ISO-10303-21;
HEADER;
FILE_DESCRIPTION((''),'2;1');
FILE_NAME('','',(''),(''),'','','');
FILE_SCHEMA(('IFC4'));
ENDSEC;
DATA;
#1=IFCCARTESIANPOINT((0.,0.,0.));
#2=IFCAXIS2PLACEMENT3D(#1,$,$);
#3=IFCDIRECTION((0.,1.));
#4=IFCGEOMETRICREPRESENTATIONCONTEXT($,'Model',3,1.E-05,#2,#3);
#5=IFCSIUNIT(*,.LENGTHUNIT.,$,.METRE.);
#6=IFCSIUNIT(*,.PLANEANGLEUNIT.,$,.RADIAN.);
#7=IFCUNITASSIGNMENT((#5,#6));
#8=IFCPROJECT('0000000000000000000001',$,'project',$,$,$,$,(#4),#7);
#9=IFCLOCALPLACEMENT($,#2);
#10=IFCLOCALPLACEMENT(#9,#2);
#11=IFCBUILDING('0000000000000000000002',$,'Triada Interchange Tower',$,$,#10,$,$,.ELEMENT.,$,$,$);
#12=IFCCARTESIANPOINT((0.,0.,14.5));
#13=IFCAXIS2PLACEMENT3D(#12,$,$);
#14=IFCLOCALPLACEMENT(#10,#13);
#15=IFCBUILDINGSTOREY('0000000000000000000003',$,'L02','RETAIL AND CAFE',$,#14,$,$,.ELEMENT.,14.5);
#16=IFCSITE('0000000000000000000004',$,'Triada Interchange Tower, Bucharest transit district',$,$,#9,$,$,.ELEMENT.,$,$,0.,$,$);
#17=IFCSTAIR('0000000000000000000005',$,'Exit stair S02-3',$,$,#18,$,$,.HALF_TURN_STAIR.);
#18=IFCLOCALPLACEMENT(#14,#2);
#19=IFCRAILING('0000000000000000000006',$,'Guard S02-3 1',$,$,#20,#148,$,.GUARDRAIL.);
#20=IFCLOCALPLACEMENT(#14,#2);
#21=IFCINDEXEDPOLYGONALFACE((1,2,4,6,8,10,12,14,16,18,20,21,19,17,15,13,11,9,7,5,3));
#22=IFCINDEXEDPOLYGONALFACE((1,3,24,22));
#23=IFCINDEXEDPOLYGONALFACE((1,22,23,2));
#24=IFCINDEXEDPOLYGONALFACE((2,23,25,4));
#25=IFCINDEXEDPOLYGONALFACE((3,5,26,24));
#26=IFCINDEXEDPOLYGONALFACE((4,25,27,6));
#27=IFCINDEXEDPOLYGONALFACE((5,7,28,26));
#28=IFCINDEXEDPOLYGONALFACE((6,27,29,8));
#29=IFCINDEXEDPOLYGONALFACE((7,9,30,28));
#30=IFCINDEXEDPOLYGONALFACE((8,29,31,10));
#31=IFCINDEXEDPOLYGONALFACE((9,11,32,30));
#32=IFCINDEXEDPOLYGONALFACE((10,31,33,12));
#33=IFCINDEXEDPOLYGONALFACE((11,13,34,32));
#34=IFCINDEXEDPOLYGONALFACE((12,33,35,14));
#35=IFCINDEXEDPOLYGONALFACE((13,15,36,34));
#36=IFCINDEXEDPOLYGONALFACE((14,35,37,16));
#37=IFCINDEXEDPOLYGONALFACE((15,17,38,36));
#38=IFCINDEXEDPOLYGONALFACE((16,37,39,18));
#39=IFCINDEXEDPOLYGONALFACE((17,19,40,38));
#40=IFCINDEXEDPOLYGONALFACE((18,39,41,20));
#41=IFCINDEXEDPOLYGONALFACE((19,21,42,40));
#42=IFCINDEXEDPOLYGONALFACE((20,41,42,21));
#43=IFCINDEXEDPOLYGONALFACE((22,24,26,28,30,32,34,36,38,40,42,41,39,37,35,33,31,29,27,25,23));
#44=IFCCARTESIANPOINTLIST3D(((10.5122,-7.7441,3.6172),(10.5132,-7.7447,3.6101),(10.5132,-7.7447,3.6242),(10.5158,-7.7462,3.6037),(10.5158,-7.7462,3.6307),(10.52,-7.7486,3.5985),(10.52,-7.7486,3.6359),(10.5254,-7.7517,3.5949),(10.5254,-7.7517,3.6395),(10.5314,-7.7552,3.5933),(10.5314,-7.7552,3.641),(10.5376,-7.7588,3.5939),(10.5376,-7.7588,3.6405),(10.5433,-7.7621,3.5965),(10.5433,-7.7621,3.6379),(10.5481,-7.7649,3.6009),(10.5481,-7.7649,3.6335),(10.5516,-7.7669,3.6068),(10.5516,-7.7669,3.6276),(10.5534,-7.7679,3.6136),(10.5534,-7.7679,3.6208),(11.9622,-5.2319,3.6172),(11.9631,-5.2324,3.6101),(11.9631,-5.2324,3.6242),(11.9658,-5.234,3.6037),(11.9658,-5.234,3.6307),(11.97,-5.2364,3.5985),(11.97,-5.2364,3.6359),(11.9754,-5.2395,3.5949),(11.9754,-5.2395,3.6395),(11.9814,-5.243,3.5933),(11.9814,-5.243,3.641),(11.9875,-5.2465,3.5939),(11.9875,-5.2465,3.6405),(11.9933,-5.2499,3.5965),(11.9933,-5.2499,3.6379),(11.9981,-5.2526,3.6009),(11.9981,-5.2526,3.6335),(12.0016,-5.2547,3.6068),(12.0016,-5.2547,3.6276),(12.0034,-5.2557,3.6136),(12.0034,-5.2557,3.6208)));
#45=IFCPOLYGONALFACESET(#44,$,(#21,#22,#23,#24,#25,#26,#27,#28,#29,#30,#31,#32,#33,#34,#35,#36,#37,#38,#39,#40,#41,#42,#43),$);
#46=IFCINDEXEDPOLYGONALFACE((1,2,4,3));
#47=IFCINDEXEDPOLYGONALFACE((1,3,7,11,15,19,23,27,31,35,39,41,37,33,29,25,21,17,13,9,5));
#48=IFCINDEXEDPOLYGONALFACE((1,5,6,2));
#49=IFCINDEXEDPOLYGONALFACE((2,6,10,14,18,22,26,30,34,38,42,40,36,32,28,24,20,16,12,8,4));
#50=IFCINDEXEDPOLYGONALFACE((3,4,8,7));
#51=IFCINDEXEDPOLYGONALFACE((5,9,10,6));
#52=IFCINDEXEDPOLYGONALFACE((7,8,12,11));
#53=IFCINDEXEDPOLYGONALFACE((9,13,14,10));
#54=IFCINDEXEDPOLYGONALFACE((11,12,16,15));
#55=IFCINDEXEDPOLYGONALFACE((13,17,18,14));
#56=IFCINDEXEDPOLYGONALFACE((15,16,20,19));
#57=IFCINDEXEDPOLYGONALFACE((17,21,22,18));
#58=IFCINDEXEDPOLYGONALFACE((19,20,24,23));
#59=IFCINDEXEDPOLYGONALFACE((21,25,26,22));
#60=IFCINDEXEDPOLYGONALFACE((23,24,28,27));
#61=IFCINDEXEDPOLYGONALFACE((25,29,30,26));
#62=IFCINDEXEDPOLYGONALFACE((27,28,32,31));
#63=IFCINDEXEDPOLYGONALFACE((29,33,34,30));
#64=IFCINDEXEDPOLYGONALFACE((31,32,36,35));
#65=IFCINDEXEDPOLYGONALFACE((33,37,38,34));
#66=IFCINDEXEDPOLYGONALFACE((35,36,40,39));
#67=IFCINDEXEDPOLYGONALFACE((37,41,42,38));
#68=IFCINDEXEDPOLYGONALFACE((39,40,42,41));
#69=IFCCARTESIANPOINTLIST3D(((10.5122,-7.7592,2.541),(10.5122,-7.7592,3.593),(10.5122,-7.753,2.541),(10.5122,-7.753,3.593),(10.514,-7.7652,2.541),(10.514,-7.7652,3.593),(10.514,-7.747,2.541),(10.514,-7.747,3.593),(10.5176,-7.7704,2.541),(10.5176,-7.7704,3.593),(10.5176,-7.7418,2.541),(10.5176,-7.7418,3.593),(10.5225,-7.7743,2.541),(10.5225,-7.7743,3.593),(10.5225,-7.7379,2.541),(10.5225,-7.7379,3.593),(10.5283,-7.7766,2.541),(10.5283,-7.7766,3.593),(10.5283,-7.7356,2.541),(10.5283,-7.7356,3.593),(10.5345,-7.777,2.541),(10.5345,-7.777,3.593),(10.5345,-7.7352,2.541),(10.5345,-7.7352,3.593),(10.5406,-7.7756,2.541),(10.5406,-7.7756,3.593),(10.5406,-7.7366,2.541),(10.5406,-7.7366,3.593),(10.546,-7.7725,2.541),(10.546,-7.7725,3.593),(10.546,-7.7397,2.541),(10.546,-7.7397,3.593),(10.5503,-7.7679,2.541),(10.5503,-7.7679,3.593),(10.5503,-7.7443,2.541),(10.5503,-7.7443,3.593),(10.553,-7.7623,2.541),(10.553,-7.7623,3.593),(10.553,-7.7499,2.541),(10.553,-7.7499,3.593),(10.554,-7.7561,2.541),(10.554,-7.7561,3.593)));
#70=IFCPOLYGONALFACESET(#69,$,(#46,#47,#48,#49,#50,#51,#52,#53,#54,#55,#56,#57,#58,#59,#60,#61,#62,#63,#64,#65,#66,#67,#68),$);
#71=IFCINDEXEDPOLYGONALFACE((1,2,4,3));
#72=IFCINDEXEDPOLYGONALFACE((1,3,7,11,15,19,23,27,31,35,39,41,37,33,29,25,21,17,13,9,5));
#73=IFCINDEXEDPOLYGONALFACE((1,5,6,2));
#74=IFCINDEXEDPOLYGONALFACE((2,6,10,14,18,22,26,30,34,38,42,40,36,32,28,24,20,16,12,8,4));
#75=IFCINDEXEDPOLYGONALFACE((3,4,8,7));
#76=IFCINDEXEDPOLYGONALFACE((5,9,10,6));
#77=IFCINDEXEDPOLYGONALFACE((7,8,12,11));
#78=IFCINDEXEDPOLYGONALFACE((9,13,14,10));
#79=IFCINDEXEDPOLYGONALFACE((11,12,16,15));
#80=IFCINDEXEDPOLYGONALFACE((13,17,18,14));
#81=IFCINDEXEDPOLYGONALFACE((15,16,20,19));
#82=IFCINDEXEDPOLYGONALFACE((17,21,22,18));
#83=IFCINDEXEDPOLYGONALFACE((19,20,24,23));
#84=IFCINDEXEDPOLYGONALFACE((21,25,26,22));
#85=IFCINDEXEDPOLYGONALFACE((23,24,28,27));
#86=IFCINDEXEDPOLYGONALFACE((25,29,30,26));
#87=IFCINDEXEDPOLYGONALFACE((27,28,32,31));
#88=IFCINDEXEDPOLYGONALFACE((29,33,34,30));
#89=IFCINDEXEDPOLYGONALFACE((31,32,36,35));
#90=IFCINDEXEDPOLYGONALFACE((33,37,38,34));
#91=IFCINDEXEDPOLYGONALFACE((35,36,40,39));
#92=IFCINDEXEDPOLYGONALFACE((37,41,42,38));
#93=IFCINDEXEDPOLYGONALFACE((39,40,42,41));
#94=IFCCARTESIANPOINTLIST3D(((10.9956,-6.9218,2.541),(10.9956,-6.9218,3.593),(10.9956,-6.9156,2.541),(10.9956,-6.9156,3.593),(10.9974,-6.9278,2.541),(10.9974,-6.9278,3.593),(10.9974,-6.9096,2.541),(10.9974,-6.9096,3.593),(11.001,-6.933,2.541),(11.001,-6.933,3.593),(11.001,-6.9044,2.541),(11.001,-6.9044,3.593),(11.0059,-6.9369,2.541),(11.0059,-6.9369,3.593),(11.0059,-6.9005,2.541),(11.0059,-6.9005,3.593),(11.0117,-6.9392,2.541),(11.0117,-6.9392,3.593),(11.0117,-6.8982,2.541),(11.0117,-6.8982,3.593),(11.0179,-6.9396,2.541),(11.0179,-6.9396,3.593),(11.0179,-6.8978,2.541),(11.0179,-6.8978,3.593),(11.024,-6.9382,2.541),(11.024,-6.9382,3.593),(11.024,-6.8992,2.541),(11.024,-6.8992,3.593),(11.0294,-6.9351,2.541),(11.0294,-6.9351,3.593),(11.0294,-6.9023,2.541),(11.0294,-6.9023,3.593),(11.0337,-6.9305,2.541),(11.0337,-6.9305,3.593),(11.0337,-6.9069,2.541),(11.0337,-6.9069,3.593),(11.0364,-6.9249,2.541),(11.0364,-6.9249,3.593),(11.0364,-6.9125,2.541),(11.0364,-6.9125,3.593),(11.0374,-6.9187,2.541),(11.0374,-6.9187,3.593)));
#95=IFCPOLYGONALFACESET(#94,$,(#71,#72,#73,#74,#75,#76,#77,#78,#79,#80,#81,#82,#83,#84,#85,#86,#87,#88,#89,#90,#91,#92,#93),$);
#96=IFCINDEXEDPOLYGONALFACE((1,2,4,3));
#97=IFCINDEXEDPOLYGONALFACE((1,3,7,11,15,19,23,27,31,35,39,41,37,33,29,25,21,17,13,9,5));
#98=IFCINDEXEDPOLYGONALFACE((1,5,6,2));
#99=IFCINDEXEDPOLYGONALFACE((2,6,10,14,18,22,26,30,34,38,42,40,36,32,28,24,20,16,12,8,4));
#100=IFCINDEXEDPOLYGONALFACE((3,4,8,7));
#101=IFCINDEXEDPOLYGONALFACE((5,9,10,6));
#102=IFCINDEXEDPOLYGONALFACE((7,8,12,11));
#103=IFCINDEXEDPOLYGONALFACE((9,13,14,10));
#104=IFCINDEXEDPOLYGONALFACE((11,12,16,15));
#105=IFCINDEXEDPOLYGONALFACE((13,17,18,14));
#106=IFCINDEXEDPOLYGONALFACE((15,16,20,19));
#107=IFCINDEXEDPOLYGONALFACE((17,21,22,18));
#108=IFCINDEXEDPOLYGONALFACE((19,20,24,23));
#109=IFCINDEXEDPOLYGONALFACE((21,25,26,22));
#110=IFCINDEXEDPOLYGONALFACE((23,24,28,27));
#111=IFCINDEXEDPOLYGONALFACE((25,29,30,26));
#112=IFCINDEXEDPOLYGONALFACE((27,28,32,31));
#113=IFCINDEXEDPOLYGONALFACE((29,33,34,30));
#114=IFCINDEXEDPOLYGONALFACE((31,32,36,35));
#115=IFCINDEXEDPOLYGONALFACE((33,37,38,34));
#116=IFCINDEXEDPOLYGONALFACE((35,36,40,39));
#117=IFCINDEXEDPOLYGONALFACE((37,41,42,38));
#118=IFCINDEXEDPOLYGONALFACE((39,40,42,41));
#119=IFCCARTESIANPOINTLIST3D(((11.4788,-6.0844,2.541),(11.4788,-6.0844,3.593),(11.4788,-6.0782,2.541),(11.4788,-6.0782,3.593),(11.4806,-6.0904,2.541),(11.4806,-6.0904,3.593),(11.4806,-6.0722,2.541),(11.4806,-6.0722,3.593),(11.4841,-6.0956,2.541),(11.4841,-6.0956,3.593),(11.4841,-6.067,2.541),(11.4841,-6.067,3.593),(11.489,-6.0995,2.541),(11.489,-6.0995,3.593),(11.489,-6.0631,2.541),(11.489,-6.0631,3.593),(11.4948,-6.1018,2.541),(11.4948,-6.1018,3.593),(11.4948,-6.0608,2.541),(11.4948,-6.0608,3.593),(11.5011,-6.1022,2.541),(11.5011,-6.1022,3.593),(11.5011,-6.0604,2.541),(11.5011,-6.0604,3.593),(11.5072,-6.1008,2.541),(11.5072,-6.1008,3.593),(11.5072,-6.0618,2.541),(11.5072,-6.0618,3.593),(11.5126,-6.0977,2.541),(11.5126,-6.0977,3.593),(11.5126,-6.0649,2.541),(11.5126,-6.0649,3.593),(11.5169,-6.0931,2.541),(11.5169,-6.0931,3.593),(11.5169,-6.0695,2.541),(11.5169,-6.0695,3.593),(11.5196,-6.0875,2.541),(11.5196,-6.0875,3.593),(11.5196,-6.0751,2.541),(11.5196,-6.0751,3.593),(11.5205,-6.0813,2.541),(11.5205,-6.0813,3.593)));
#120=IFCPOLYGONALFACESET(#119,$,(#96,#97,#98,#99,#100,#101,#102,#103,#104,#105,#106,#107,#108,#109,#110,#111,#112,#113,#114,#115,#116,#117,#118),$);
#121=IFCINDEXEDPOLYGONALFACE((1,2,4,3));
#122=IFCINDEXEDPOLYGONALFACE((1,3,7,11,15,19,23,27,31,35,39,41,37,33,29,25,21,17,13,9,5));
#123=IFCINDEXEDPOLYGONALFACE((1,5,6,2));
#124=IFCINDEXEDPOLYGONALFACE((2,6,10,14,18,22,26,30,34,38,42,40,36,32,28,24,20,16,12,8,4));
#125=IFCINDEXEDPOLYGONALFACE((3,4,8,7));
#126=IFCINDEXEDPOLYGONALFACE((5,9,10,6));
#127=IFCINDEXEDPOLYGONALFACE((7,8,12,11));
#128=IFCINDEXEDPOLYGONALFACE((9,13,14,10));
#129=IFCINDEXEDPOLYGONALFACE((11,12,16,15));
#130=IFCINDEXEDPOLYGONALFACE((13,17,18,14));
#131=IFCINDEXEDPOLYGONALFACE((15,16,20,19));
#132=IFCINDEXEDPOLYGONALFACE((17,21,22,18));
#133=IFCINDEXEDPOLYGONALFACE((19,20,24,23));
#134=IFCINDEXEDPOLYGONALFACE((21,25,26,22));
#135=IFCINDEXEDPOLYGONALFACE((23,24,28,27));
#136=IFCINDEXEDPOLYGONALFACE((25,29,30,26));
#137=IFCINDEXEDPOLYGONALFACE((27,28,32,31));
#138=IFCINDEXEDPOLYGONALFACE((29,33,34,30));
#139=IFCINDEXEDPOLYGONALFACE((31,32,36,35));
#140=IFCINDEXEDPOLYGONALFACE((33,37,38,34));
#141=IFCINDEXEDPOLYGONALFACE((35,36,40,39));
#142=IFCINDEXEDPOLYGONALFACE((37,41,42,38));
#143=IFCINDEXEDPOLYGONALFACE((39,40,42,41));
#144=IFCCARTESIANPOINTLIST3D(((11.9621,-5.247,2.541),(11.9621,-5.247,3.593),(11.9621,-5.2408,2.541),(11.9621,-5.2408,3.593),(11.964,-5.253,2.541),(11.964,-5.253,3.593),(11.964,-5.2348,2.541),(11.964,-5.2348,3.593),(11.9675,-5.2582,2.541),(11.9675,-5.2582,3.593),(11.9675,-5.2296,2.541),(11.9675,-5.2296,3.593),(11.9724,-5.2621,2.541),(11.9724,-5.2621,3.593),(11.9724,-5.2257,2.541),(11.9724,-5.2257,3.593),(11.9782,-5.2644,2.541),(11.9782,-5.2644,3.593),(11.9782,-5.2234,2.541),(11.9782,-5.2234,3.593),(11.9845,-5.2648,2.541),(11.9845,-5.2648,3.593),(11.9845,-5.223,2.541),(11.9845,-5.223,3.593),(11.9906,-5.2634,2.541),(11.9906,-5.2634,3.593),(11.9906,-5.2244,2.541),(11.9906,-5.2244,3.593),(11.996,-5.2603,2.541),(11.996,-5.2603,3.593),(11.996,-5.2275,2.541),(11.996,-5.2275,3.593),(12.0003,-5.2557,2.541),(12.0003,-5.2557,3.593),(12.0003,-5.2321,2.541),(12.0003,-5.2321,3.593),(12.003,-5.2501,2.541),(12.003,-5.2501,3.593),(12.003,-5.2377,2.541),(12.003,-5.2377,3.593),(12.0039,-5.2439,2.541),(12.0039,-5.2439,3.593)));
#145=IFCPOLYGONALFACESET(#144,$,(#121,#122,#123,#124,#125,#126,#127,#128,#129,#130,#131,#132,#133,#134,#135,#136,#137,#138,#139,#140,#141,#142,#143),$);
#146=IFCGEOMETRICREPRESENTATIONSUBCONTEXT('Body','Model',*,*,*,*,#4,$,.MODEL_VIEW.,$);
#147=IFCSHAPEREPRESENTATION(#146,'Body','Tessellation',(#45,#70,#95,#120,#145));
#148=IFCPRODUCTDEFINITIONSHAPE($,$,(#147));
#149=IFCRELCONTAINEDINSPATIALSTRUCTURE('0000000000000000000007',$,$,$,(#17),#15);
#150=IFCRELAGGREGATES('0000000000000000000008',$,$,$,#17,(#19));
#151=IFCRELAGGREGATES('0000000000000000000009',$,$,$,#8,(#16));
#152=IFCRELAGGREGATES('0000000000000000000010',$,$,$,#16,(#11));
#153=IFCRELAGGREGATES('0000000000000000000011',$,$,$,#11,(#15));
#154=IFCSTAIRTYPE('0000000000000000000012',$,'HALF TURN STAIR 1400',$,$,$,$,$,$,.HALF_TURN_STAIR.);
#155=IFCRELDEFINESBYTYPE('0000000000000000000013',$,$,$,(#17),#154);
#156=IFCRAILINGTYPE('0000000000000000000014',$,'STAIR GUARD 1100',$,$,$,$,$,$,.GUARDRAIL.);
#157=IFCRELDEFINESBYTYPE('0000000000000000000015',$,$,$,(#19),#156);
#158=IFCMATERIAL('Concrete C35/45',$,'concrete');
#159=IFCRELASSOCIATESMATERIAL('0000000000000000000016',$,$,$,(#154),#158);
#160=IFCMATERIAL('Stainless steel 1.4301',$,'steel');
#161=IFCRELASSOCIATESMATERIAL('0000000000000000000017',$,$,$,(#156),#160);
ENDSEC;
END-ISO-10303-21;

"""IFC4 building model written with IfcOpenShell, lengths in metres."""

from ifc_helpers import new_model, si_unit, direction, frame, origin, origin_2d, place, context, subcontext, project, spatial, circle, extrude, material, type_object, element, aggregate, save


model = new_model("IFC4")

# Units and contexts
model_context = context("Model", 3, precision=1e-05, world=origin(), true_north=direction((0.0, 1.0)))
body_context = subcontext(model_context, "Body", "Model", "MODEL_VIEW")
ifc_project = project(units=[si_unit("LENGTHUNIT", "METRE"), si_unit("PLANEANGLEUNIT", "RADIAN")], contexts=[model_context])

# Site, building, storey
site_placement = place(None, origin())
site = spatial("IfcSite", under=ifc_project, at=site_placement, Name="Triada Interchange Tower, Bucharest transit district", CompositionType="ELEMENT", RefElevation=0.0)
building_placement = place(site_placement, origin())
building = spatial("IfcBuilding", under=site, at=building_placement, Name="Triada Interchange Tower", CompositionType="ELEMENT")
storey_placement = place(building_placement, frame((0.0, 0.0, 14.5)))
storey = spatial("IfcBuildingStorey", under=building, at=storey_placement, Name="L02", Description="RETAIL AND CAFE", CompositionType="ELEMENT", Elevation=14.5)

# Stair, railing
ifc_material_1 = material(Name="Concrete C35/45", Category="concrete")
stair_type = type_object("IfcStairType", Name="HALF TURN STAIR 1400", PredefinedType="HALF_TURN_STAIR", material=ifc_material_1)
stair_placement = place(storey_placement, origin())
stair = element("IfcStair", 1, at=stair_placement, inside=storey, type_object=stair_type, Name="Exit stair S02-3", PredefinedType="HALF_TURN_STAIR")
ifc_material_2 = material(Name="Stainless steel 1.4301", Category="steel")
railing_type = type_object("IfcRailingType", Name="STAIR GUARD 1100", PredefinedType="GUARDRAIL", material=ifc_material_2)
railing_placement = place(storey_placement, frame((10.533, -7.7561, 2.541)))
railing = element("IfcRailing", 2, at=railing_placement, type_object=railing_type, Name="Guard S02-3 1", PredefinedType="GUARDRAIL", context=body_context, shape_type="SweptSolid", body=[
    extrude(circle(Radius=0.0239, at=origin_2d()), frame((0.0, 0.0, 1.0762), z_axis=(0.499878, 0.866096, 0.0), x_axis=(-0.866096, 0.499878, 0.0)), (0.0, 0.0, 1.0), 2.9006),
    extrude(circle(Radius=0.021, at=origin_2d()), origin(), (0.0, 0.0, 1.0), 1.052),
    extrude(circle(Radius=0.021, at=origin_2d()), frame((0.4834, 0.8374, 0.0)), (0.0, 0.0, 1.0), 1.052),
    extrude(circle(Radius=0.021, at=origin_2d()), frame((0.9666, 1.6748, 0.0)), (0.0, 0.0, 1.0), 1.052),
    extrude(circle(Radius=0.021, at=origin_2d()), frame((1.45, 2.5122, 0.0)), (0.0, 0.0, 1.0), 1.052),
])
aggregate(stair, [railing])

save(model, "model.ifc")
